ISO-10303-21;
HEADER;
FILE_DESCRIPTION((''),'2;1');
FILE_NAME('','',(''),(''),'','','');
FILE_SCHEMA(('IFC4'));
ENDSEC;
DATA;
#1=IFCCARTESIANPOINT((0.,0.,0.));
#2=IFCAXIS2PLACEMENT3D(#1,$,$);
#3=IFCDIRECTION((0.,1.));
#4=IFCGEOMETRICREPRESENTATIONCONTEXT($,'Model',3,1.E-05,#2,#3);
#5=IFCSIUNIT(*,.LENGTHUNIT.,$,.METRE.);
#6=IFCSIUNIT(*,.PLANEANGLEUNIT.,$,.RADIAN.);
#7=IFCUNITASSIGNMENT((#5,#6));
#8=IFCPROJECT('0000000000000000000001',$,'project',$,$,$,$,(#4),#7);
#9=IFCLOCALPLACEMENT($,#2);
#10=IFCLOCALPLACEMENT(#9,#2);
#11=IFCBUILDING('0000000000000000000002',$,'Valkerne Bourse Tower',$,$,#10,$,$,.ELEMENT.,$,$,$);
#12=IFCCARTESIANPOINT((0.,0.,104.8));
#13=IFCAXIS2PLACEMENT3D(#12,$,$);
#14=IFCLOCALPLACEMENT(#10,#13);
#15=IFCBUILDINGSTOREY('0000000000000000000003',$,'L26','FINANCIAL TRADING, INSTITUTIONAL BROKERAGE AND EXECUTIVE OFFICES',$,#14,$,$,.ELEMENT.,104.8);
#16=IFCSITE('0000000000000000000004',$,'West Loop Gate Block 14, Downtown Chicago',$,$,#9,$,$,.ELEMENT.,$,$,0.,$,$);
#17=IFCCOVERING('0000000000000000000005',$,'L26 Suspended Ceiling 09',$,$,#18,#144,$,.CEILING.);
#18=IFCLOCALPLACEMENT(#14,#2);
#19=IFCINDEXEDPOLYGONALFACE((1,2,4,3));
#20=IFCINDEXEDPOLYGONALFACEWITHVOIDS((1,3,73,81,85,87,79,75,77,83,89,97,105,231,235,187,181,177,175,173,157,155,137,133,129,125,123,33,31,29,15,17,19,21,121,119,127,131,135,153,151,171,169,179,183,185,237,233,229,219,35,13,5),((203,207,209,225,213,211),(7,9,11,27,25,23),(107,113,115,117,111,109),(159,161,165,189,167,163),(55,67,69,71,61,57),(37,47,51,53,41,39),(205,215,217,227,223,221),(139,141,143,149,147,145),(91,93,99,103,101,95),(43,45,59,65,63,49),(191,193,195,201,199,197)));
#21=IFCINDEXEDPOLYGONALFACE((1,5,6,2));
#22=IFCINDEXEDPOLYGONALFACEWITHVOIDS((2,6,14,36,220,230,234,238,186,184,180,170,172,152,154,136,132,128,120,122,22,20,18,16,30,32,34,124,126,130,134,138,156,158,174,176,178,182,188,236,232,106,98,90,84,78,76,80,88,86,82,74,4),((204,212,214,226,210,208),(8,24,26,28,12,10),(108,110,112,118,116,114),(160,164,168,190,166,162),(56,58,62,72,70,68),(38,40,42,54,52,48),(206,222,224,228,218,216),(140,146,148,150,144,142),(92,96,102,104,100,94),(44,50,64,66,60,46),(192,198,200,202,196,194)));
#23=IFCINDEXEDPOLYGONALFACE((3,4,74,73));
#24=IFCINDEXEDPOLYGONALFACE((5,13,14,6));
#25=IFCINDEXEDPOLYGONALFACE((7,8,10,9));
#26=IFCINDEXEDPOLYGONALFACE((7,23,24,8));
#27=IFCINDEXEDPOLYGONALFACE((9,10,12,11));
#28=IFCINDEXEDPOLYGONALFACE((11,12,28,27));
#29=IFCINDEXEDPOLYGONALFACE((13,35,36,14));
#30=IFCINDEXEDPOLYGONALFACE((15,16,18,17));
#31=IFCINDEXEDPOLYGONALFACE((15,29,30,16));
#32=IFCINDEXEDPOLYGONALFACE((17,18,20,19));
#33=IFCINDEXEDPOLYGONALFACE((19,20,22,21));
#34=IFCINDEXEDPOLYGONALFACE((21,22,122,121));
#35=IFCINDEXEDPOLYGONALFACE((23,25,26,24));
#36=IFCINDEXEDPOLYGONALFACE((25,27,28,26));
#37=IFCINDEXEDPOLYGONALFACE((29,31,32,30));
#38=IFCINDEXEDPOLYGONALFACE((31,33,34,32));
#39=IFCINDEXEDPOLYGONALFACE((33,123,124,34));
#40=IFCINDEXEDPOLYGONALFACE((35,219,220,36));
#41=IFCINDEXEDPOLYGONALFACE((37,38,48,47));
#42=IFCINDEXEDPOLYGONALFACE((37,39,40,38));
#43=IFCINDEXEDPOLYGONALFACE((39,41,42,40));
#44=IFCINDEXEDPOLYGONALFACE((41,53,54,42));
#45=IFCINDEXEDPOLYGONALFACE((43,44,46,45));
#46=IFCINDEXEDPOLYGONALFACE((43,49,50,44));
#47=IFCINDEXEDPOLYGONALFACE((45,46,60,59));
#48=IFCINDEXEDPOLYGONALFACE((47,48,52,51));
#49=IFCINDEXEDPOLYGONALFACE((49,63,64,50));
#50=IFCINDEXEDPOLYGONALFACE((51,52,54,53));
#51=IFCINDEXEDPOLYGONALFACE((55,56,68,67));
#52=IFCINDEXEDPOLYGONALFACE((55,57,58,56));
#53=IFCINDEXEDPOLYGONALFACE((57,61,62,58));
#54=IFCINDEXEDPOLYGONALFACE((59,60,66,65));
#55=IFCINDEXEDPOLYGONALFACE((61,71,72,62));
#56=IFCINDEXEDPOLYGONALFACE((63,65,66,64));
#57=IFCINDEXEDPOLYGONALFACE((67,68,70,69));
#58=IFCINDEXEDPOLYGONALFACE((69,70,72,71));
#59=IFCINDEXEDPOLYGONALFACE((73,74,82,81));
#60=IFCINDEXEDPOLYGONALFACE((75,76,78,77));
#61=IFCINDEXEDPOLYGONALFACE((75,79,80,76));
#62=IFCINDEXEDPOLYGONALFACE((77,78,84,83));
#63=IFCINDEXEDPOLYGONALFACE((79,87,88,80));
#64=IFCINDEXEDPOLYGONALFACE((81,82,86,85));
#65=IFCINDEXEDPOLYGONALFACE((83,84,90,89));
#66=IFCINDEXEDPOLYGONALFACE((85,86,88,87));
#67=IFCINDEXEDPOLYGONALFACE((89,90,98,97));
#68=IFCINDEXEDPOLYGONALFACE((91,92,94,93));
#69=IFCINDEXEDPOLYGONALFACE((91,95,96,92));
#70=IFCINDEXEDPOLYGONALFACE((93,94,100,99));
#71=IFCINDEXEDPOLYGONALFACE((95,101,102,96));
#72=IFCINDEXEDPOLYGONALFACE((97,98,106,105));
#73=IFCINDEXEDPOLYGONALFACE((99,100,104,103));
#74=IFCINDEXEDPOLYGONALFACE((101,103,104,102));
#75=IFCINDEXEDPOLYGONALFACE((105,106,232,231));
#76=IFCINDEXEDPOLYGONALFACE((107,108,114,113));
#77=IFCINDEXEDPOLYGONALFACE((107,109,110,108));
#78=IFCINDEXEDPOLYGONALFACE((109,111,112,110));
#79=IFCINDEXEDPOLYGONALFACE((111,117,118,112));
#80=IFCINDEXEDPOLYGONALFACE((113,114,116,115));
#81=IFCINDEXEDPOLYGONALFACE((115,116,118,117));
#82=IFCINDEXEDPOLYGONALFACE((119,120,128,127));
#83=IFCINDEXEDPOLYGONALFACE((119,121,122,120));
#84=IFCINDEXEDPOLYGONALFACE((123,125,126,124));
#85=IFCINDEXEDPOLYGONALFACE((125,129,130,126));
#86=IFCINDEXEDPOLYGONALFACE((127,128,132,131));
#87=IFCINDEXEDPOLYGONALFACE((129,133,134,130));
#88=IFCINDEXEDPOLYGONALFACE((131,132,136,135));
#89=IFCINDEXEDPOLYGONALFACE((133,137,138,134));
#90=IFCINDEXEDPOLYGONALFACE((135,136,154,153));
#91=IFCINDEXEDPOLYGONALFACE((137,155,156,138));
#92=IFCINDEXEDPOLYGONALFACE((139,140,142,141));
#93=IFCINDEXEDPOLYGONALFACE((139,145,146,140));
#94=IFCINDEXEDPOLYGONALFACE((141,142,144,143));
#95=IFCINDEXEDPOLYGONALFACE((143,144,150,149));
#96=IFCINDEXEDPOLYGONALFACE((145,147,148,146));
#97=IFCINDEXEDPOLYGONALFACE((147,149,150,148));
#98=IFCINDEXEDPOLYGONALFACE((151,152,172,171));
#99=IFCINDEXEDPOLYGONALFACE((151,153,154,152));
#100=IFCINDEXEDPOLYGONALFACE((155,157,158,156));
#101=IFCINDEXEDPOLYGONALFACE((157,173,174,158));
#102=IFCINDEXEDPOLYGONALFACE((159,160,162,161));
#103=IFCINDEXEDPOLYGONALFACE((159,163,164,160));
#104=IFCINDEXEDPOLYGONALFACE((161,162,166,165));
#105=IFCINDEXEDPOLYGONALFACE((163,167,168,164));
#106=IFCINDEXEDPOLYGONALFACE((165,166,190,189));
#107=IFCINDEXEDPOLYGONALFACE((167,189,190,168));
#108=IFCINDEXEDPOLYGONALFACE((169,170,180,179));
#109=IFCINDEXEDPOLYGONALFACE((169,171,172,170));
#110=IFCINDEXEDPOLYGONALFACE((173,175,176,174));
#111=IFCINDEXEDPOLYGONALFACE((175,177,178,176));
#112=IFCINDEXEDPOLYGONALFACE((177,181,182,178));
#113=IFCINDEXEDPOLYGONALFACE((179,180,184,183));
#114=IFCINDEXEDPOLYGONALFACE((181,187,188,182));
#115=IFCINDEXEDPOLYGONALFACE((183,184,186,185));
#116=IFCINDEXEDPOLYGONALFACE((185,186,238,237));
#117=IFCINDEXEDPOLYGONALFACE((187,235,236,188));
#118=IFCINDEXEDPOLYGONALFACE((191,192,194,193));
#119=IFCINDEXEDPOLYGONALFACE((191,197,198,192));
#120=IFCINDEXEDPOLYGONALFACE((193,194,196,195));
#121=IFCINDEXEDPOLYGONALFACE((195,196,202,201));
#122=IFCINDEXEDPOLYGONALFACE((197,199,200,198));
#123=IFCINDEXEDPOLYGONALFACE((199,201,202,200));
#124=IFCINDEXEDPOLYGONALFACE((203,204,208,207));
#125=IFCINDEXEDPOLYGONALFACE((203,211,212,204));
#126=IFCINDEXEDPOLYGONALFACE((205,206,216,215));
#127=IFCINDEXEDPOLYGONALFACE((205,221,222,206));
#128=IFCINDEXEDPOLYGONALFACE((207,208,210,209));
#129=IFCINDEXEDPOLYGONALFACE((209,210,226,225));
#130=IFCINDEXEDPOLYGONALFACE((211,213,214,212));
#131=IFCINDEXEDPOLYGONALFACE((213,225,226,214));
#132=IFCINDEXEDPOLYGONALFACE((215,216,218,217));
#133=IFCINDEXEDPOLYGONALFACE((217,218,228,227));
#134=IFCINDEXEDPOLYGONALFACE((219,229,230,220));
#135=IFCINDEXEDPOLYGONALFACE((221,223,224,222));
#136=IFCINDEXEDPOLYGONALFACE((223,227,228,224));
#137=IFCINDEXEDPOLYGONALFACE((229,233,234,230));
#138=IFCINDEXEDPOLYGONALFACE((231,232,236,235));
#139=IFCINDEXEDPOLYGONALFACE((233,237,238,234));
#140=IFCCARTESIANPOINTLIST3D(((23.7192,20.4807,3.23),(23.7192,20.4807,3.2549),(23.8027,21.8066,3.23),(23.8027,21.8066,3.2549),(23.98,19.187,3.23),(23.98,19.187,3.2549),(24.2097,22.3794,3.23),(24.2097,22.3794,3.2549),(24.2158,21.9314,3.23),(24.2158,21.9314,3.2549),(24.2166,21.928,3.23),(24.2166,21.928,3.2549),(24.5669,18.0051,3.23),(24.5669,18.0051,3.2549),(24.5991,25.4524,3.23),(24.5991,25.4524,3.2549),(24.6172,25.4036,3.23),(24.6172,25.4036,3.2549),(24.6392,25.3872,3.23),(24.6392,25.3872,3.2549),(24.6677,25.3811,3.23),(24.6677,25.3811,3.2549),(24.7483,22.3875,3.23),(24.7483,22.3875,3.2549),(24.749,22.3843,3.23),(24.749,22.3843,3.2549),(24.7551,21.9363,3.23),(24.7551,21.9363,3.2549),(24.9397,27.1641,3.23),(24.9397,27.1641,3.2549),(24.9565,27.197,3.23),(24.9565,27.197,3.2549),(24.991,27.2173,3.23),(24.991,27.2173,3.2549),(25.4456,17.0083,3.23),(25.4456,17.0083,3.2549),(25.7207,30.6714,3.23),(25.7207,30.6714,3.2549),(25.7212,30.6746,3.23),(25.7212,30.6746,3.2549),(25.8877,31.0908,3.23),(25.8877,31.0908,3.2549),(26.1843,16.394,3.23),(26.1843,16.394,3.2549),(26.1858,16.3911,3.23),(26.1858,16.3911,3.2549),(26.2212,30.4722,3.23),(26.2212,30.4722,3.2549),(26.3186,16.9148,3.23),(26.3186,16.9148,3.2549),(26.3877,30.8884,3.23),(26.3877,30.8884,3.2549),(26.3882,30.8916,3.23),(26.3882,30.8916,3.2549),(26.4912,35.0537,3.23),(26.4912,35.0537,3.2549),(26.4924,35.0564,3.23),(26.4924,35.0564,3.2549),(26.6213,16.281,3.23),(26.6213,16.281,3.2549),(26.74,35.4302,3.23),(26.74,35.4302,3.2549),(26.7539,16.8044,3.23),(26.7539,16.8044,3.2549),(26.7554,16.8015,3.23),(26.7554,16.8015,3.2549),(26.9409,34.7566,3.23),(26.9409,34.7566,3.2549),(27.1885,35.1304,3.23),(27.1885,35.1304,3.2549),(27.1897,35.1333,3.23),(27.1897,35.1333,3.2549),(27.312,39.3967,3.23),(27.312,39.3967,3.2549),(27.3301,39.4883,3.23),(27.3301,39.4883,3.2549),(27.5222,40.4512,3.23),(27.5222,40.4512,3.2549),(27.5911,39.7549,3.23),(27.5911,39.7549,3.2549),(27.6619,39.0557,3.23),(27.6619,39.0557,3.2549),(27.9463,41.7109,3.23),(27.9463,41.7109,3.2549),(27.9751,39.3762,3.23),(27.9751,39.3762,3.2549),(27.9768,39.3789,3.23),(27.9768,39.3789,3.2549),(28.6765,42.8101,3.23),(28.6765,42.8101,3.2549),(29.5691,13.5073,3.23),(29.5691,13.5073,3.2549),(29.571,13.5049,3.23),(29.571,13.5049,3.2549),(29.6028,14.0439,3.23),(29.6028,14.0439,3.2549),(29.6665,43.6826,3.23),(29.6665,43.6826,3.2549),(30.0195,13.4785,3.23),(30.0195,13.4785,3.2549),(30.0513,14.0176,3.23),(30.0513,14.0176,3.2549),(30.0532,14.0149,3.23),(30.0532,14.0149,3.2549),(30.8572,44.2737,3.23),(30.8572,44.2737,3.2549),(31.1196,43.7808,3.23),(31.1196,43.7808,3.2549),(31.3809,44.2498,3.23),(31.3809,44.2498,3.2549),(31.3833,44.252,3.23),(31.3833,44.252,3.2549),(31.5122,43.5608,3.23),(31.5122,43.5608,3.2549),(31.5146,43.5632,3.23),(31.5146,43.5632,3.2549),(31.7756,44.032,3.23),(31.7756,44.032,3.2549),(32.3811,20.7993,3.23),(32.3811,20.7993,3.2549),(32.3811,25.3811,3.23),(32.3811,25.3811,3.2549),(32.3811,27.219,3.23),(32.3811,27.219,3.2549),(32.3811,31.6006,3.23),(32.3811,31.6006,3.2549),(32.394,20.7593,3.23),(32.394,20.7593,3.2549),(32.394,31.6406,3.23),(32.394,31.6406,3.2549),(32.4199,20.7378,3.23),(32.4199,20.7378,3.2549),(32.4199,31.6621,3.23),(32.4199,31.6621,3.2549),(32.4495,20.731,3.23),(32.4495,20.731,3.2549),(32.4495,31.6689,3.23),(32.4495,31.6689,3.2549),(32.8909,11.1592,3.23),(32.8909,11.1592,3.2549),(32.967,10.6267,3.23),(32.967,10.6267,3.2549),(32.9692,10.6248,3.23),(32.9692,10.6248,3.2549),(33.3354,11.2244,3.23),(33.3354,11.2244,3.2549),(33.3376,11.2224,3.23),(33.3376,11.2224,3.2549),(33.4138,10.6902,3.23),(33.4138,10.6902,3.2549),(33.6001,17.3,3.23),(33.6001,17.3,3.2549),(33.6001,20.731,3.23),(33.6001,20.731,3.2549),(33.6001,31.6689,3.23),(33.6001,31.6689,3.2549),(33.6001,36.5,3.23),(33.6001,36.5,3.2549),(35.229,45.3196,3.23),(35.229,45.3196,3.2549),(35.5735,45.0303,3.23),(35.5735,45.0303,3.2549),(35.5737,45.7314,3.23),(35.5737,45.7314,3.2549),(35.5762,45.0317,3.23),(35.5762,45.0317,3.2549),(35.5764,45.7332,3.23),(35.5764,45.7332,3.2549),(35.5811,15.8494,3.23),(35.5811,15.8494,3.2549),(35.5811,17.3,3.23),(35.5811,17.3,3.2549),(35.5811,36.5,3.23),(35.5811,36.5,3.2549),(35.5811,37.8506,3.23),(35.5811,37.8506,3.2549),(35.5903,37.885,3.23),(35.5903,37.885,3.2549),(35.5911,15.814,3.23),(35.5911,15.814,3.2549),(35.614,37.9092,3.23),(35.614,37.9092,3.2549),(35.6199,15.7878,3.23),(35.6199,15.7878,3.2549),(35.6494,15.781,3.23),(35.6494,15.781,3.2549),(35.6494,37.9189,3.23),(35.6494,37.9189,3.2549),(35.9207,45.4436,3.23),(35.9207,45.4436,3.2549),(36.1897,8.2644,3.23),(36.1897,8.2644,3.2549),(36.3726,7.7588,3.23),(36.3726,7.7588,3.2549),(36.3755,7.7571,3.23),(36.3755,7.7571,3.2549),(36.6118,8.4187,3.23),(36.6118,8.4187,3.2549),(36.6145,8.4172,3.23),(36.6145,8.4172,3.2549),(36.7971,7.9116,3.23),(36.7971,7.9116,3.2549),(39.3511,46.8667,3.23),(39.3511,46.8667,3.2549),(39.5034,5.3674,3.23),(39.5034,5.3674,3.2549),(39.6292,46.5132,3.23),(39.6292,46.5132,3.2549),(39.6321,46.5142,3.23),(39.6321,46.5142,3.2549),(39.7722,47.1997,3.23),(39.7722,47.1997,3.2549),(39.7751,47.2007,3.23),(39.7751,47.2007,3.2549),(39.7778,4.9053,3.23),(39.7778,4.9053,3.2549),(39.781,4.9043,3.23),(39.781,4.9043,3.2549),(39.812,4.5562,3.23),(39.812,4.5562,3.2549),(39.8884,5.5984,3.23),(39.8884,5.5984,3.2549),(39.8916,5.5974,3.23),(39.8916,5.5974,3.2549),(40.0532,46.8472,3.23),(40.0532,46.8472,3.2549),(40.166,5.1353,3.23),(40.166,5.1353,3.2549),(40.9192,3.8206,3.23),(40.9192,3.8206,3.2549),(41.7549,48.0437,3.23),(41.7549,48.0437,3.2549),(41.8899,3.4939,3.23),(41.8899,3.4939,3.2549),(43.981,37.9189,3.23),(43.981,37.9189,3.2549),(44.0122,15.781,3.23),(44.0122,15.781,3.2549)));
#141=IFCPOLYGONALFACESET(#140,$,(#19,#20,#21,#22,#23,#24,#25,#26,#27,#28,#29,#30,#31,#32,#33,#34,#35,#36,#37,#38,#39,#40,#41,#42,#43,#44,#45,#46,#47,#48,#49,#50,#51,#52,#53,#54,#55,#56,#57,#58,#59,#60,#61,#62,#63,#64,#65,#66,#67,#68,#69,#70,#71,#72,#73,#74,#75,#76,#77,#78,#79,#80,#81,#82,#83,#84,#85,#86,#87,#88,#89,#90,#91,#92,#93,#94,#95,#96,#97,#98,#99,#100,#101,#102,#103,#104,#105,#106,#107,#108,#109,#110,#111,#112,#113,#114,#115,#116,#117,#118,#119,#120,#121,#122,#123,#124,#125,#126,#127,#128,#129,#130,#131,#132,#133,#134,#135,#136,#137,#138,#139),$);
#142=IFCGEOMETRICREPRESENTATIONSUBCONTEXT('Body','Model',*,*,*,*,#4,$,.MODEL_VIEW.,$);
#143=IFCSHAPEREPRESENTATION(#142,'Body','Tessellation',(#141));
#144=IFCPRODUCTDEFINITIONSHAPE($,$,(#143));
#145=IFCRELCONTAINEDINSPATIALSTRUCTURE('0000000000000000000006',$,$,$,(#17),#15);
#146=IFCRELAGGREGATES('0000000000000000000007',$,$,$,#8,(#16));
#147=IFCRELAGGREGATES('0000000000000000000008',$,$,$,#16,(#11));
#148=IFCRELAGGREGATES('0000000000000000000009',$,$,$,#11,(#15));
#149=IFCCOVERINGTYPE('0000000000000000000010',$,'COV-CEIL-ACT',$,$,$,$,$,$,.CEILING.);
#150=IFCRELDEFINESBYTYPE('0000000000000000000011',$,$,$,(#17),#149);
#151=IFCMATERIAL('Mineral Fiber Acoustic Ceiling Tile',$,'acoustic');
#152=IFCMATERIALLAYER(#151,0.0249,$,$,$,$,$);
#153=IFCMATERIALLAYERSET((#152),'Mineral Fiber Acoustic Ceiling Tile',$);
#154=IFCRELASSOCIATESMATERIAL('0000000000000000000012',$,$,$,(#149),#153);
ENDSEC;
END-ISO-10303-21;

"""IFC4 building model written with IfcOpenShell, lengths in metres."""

from ifc_helpers import new_model, si_unit, direction, frame, origin, place, context, subcontext, project, spatial, polyline, outline, extrude, material, layer, layer_set, type_object, element, save


model = new_model("IFC4")

# Units and contexts
model_context = context("Model", 3, precision=1e-05, world=origin(), true_north=direction((0.0, 1.0)))
body_context = subcontext(model_context, "Body", "Model", "MODEL_VIEW")
ifc_project = project(units=[si_unit("LENGTHUNIT", "METRE"), si_unit("PLANEANGLEUNIT", "RADIAN")], contexts=[model_context])

# Site, building, storey
site_placement = place(None, origin())
site = spatial("IfcSite", under=ifc_project, at=site_placement, Name="West Loop Gate Block 14, Downtown Chicago", CompositionType="ELEMENT", RefElevation=0.0)
building_placement = place(site_placement, origin())
building = spatial("IfcBuilding", under=site, at=building_placement, Name="Valkerne Bourse Tower", CompositionType="ELEMENT")
storey_placement = place(building_placement, frame((0.0, 0.0, 104.8)))
storey = spatial("IfcBuildingStorey", under=building, at=storey_placement, Name="L26", Description="FINANCIAL TRADING, INSTITUTIONAL BROKERAGE AND EXECUTIVE OFFICES", CompositionType="ELEMENT", Elevation=104.8)

# Covering
ifc_material_1 = material(Name="Mineral Fiber Acoustic Ceiling Tile", Category="acoustic")
ifc_layer_1 = layer(ifc_material_1, 0.0249)
ifc_layer_set_1 = layer_set([ifc_layer_1], Name="Mineral Fiber Acoustic Ceiling Tile")
covering_type_1 = type_object("IfcCoveringType", Name="COV-CEIL-ACT", PredefinedType="CEILING", material=ifc_layer_set_1)
covering_1_placement = place(storey_placement, frame((0.0, 0.0, 3.23)))
element("IfcCovering", 1, at=covering_1_placement, inside=storey, type_object=covering_type_1, Name="L26 Suspended Ceiling 09", PredefinedType="CEILING", context=body_context, shape_type="SweptSolid", body=[
    extrude(outline(polyline([(25.4456, 17.0083), (24.5669, 18.0051), (23.98, 19.187), (23.7192, 20.4807), (23.8027, 21.8066), (27.312, 39.3967), (27.6619, 39.0557), (27.9751, 39.3762), (27.9768, 39.3789), (27.5911, 39.7549), (27.3301, 39.4883), (27.5222, 40.4512), (27.9463, 41.7109), (28.6765, 42.8101), (29.6665, 43.6826), (30.8572, 44.2737), (41.7549, 48.0437), (43.981, 37.9189), (35.6494, 37.9189), (35.614, 37.9092), (35.5903, 37.885), (35.5811, 37.8506), (35.5811, 36.5), (33.6001, 36.5), (33.6001, 31.6689), (32.4495, 31.6689), (32.4199, 31.6621), (32.394, 31.6406), (32.3811, 31.6006), (32.3811, 27.219), (24.991, 27.2173), (24.9565, 27.197), (24.9397, 27.1641), (24.5991, 25.4524), (24.6172, 25.4036), (24.6392, 25.3872), (24.6677, 25.3811), (32.3811, 25.3811), (32.3811, 20.7993), (32.394, 20.7593), (32.4199, 20.7378), (32.4495, 20.731), (33.6001, 20.731), (33.6001, 17.3), (35.5811, 17.3), (35.5811, 15.8494), (35.5911, 15.814), (35.6199, 15.7878), (35.6494, 15.781), (44.0122, 15.781), (41.8899, 3.4939), (40.9192, 3.8206), (39.812, 4.5562), (25.4456, 17.0083)]), holes=[polyline([(36.6145, 8.4172), (36.6118, 8.4187), (36.1897, 8.2644), (36.3726, 7.7588), (36.3755, 7.7571), (36.7971, 7.9116), (36.6145, 8.4172)]), polyline([(33.3376, 11.2224), (33.3354, 11.2244), (32.8909, 11.1592), (32.967, 10.6267), (32.9692, 10.6248), (33.4138, 10.6902), (33.3376, 11.2224)]), polyline([(30.0532, 14.0149), (30.0513, 14.0176), (29.6028, 14.0439), (29.5691, 13.5073), (29.571, 13.5049), (30.0195, 13.4785), (30.0532, 14.0149)]), polyline([(26.7554, 16.8015), (26.7539, 16.8044), (26.3186, 16.9148), (26.1843, 16.394), (26.1858, 16.3911), (26.6213, 16.281), (26.7554, 16.8015)]), polyline([(24.749, 22.3843), (24.7483, 22.3875), (24.2097, 22.3794), (24.2158, 21.9314), (24.2166, 21.928), (24.7551, 21.9363), (24.749, 22.3843)]), polyline([(26.3877, 30.8884), (26.3882, 30.8916), (25.8877, 31.0908), (25.7212, 30.6746), (25.7207, 30.6714), (26.2212, 30.4722), (26.3877, 30.8884)]), polyline([(27.1897, 35.1333), (26.74, 35.4302), (26.4924, 35.0564), (26.4912, 35.0537), (26.9409, 34.7566), (27.1885, 35.1304), (27.1897, 35.1333)]), polyline([(31.7756, 44.032), (31.3833, 44.252), (31.3809, 44.2498), (31.1196, 43.7808), (31.5122, 43.5608), (31.5146, 43.5632), (31.7756, 44.032)]), polyline([(35.5762, 45.0317), (35.9207, 45.4436), (35.5764, 45.7332), (35.5737, 45.7314), (35.229, 45.3196), (35.5735, 45.0303), (35.5762, 45.0317)]), polyline([(39.8916, 5.5974), (39.8884, 5.5984), (39.5034, 5.3674), (39.7778, 4.9053), (39.781, 4.9043), (40.166, 5.1353), (39.8916, 5.5974)]), polyline([(39.6321, 46.5142), (40.0532, 46.8472), (39.7751, 47.2007), (39.7722, 47.1997), (39.3511, 46.8667), (39.6292, 46.5132), (39.6321, 46.5142)])]), origin(), (0.0, 0.0, 1.0), 0.0249),
])

save(model, "model.ifc")
